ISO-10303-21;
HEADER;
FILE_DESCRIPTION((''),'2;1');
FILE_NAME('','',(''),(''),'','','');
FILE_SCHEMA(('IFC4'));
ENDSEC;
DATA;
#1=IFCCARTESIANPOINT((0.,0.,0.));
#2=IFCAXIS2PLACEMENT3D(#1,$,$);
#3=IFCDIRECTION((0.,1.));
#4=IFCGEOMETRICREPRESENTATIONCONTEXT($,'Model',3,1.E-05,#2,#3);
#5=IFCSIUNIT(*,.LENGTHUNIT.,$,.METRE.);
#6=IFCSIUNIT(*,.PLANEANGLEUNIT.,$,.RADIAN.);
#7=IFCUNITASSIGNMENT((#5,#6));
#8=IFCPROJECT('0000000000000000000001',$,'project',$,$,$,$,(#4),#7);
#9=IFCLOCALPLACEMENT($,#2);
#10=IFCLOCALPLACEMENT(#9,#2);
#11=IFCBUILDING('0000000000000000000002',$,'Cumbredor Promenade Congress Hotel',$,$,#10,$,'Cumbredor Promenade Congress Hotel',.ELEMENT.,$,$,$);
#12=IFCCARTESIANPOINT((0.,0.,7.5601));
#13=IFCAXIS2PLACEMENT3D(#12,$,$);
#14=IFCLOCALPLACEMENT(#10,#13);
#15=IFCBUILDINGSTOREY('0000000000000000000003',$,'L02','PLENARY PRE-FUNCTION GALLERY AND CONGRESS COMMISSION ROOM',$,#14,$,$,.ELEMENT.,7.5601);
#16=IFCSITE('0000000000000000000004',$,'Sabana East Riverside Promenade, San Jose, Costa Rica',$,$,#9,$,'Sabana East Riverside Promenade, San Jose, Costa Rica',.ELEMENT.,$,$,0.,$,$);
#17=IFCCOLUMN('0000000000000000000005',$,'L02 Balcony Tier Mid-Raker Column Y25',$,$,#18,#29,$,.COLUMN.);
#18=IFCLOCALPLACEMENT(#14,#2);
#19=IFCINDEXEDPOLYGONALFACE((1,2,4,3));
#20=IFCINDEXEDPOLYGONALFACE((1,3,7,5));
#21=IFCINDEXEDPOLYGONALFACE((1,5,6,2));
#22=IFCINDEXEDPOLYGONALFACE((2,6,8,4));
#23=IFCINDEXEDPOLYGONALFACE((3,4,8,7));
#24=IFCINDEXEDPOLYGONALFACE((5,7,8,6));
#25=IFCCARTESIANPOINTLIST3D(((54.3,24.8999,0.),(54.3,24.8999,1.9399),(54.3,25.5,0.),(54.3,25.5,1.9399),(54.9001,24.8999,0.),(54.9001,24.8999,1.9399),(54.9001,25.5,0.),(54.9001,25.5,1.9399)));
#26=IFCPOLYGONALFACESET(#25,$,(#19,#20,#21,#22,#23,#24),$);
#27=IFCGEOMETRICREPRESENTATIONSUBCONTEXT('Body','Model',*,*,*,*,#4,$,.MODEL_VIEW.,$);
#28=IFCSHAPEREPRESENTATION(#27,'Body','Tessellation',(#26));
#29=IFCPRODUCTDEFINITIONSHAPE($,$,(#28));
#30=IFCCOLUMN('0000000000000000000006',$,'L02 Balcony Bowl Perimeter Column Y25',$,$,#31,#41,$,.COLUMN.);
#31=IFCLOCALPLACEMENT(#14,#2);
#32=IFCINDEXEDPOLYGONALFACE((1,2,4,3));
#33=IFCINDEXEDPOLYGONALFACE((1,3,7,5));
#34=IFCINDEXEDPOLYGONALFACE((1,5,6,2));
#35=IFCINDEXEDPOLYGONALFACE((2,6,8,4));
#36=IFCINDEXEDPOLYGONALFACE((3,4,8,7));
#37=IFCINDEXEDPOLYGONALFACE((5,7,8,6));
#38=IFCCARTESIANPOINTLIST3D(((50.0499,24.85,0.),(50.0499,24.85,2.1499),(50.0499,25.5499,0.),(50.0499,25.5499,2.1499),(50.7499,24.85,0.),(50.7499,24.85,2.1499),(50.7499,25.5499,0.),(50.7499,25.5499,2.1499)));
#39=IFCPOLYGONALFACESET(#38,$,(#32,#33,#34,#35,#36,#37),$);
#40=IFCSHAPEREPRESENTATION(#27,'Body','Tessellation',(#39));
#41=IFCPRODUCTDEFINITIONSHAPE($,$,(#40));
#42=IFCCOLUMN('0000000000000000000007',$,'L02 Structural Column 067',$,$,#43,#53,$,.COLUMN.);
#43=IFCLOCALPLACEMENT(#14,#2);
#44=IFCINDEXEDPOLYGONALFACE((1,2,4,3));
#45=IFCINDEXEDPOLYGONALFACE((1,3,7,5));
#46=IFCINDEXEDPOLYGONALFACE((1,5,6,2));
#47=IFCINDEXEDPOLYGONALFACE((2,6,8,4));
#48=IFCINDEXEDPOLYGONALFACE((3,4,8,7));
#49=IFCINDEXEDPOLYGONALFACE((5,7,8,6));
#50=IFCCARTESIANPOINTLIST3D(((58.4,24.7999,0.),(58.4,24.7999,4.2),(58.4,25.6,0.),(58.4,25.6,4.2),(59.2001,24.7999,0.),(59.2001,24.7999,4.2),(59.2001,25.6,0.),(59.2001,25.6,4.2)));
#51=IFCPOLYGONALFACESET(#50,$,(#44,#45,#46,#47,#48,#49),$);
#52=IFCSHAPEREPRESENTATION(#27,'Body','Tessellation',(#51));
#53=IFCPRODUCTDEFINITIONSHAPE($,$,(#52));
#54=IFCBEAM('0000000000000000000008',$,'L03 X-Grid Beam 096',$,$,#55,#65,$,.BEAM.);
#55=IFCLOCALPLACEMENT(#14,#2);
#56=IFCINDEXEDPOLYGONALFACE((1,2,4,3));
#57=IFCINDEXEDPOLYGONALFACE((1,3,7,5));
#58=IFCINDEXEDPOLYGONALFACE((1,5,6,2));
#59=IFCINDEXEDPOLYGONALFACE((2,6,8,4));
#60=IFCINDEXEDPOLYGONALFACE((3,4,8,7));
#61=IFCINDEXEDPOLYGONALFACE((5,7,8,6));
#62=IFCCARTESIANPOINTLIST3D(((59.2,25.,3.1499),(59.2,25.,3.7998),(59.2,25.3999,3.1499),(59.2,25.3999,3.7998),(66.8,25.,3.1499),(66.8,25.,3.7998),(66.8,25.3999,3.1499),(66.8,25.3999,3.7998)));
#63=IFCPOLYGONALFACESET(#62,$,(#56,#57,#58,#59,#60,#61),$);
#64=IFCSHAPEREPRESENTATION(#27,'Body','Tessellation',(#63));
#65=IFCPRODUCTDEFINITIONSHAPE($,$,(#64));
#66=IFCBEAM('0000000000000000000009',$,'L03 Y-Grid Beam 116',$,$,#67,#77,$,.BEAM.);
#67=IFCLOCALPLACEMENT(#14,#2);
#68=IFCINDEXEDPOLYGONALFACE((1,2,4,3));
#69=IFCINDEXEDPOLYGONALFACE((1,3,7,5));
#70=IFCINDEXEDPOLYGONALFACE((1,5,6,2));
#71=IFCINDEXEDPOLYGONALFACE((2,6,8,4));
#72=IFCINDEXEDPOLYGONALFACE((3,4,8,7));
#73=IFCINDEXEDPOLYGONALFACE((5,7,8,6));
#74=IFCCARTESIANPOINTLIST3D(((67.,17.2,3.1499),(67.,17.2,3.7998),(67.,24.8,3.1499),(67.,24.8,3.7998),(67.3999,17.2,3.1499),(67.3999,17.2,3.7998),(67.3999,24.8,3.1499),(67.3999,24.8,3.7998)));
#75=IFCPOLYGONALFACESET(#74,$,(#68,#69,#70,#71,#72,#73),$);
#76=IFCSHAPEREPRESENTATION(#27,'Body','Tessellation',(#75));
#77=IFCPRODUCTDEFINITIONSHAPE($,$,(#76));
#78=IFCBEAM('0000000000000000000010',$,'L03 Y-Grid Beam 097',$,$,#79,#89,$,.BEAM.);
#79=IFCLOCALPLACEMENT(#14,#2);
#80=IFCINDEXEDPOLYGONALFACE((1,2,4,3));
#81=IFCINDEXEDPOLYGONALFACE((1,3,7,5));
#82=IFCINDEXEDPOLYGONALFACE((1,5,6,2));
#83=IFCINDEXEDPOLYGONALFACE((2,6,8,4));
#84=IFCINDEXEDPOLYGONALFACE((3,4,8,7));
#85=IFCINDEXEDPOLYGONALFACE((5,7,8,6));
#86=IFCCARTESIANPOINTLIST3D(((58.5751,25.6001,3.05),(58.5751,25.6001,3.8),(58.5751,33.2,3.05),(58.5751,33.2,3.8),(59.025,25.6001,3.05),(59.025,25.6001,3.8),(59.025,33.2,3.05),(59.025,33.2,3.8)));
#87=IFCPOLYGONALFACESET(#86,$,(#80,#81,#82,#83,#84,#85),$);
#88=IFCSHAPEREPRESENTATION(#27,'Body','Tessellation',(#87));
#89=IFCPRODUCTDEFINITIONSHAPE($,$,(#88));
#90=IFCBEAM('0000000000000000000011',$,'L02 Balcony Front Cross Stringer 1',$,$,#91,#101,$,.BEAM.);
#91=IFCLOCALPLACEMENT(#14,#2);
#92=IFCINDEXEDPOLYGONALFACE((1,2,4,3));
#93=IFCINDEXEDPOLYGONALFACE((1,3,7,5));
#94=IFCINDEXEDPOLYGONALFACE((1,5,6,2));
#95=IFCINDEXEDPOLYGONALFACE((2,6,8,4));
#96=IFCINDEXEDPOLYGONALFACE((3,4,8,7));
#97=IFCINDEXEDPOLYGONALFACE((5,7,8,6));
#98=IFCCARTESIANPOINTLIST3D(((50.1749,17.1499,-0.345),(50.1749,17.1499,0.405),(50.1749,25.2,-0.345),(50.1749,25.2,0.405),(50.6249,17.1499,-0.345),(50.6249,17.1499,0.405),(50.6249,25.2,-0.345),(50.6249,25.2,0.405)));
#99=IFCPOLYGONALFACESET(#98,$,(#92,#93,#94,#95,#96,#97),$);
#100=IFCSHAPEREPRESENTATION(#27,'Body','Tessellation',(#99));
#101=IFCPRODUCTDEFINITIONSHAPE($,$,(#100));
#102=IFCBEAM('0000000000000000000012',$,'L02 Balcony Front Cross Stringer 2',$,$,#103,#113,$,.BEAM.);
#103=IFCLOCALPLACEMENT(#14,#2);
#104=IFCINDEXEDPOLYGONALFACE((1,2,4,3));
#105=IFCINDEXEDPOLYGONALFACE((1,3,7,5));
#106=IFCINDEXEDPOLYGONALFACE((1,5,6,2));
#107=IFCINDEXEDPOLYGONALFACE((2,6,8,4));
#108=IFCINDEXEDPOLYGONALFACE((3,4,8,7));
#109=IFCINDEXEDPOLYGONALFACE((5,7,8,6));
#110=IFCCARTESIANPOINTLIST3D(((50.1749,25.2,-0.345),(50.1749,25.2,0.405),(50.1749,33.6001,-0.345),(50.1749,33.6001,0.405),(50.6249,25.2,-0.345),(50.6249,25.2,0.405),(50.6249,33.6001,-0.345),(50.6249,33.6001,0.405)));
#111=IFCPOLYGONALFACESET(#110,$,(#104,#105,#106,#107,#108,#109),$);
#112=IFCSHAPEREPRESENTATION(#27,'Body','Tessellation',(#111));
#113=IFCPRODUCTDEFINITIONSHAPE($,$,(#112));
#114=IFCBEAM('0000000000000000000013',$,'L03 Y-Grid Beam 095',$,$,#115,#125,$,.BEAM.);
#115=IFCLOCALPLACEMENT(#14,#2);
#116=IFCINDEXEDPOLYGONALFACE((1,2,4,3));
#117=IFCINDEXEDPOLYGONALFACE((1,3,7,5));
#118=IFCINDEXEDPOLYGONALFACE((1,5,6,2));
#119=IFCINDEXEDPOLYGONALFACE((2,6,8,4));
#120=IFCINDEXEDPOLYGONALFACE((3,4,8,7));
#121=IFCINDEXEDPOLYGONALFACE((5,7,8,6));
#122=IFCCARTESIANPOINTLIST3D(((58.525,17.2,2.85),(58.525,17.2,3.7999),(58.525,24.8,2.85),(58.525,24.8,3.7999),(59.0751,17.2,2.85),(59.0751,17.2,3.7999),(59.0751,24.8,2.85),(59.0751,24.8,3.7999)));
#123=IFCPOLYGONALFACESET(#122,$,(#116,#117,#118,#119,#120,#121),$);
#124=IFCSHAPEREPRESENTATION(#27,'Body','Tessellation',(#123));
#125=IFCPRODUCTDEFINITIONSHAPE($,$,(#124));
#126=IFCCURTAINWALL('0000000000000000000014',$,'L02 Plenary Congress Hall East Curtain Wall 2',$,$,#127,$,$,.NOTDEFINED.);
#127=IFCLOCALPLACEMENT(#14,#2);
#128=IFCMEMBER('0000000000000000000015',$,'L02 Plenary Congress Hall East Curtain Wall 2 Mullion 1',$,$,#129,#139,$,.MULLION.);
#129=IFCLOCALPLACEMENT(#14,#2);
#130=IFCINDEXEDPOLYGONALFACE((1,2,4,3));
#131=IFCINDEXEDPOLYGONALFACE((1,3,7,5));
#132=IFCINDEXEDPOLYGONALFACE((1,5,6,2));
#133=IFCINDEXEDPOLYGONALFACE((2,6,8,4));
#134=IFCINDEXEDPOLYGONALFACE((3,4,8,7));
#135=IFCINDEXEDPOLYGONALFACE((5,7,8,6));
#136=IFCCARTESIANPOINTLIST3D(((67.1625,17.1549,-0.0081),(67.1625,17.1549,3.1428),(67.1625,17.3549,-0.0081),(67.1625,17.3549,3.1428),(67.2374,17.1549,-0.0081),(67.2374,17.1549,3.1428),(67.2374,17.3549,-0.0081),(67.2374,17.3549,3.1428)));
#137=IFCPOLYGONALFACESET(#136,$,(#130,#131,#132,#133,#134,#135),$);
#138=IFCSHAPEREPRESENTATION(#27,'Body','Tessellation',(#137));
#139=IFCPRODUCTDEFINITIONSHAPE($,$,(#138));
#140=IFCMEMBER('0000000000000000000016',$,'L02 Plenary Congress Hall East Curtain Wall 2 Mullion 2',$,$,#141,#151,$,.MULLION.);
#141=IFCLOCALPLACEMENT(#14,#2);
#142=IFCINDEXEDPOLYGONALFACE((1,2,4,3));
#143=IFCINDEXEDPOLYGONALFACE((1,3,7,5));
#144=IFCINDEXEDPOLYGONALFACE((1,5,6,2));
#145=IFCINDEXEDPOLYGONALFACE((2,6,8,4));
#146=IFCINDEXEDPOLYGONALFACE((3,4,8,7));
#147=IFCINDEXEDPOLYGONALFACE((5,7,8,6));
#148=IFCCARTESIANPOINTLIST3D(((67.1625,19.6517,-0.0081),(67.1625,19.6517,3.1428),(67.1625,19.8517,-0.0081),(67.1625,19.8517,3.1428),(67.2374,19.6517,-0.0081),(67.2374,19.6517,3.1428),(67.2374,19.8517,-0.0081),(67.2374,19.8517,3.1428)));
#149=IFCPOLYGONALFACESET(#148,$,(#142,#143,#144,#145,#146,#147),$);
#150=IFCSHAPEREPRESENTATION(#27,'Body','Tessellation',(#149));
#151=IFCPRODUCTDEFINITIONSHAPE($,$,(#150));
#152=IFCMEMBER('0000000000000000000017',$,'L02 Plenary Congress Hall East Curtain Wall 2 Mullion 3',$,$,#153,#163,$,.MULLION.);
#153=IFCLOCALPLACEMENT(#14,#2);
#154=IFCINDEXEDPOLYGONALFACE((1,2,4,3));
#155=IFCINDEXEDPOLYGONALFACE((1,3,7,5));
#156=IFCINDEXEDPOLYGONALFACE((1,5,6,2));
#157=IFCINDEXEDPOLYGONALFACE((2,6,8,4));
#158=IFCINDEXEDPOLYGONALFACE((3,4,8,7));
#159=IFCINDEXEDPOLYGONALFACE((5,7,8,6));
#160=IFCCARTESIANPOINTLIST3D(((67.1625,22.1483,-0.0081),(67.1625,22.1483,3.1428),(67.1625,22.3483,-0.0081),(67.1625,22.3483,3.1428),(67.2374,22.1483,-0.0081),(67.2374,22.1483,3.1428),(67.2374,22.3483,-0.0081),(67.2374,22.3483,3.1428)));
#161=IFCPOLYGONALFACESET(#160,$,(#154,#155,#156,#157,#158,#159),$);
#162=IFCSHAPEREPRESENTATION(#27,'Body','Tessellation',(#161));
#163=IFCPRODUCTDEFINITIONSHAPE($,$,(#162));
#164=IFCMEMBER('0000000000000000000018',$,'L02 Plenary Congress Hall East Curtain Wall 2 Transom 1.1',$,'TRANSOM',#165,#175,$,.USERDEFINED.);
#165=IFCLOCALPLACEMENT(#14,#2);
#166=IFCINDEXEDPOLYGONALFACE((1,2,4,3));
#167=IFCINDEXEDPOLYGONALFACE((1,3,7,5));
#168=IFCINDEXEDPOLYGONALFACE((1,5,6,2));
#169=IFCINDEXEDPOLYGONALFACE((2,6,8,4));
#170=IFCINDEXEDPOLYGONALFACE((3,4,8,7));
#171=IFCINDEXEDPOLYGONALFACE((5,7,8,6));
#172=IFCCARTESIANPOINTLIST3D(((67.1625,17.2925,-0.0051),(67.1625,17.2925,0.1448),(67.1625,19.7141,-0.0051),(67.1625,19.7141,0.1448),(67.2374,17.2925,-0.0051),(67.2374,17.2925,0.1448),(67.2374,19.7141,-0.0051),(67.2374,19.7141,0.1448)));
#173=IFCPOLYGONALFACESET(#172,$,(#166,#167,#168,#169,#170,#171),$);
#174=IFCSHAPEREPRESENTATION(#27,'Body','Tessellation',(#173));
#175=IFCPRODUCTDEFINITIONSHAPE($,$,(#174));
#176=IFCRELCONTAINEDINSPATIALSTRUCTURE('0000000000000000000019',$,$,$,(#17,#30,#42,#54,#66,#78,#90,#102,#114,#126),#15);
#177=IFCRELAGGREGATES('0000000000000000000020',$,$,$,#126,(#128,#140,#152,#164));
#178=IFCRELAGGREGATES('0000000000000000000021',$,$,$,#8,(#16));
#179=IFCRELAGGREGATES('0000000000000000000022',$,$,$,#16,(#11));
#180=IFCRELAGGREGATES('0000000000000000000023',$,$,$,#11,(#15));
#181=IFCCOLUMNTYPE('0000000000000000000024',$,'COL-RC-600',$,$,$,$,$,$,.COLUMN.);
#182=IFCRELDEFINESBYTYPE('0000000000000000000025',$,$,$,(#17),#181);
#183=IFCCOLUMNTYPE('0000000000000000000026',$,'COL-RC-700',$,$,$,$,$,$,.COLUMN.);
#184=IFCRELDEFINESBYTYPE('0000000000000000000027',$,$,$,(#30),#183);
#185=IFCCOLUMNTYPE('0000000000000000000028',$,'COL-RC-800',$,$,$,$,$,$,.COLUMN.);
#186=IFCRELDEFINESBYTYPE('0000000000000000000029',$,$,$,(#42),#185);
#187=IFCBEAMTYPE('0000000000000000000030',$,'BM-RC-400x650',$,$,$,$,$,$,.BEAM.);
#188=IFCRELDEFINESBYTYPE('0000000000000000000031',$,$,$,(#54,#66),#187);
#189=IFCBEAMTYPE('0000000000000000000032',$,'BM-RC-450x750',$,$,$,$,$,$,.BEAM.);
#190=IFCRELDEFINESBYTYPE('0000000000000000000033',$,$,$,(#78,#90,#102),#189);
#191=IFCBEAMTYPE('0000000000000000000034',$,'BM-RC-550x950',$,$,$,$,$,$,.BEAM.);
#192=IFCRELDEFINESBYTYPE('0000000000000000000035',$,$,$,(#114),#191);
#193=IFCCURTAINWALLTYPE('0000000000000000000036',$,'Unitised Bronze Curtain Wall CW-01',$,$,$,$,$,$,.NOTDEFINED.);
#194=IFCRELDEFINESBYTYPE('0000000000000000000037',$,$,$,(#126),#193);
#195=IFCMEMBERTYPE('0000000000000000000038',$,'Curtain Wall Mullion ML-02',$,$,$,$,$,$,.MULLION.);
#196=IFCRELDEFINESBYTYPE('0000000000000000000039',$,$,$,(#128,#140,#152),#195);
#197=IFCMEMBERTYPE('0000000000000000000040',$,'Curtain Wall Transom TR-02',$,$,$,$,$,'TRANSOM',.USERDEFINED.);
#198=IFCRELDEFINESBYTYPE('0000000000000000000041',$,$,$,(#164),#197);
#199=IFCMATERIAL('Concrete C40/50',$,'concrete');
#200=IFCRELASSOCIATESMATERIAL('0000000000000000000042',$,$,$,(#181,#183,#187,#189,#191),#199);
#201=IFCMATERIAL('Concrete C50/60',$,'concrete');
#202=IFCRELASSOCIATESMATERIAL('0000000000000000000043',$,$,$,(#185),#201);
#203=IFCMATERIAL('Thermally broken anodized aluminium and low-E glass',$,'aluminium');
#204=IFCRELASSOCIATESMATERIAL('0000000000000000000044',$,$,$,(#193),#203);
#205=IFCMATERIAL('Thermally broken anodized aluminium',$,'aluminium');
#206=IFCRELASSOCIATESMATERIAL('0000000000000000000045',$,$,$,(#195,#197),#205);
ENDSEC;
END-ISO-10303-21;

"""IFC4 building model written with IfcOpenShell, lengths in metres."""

from ifc_helpers import new_model, si_unit, direction, frame, origin, origin_2d, place, context, subcontext, project, spatial, rectangle, extrude, material, material_profile, profile_set, type_object, element, aggregate, save


model = new_model("IFC4")

# Units and contexts
model_context = context("Model", 3, precision=1e-05, world=origin(), true_north=direction((0.0, 1.0)))
body_context = subcontext(model_context, "Body", "Model", "MODEL_VIEW")
ifc_project = project(units=[si_unit("LENGTHUNIT", "METRE"), si_unit("PLANEANGLEUNIT", "RADIAN")], contexts=[model_context])

# Site, building, storey
site_placement = place(None, origin())
site = spatial("IfcSite", under=ifc_project, at=site_placement, Name="Sabana East Riverside Promenade, San Jose, Costa Rica", LongName="Sabana East Riverside Promenade, San Jose, Costa Rica", CompositionType="ELEMENT", RefElevation=0.0)
building_placement = place(site_placement, origin())
building = spatial("IfcBuilding", under=site, at=building_placement, Name="Cumbredor Promenade Congress Hotel", LongName="Cumbredor Promenade Congress Hotel", CompositionType="ELEMENT")
storey_placement = place(building_placement, frame((0.0, 0.0, 7.5601)))
storey = spatial("IfcBuildingStorey", under=building, at=storey_placement, Name="L02", Description="PLENARY PRE-FUNCTION GALLERY AND CONGRESS COMMISSION ROOM", CompositionType="ELEMENT", Elevation=7.5601)

# Columns
ifc_material_1 = material(Name="Concrete C40/50", Category="concrete")
ifc_material_profile_1 = material_profile(ifc_material_1, rectangle(XDim=0.6001, YDim=0.6001, at=origin_2d()), Name="RC 600x600")
ifc_profile_set_1 = profile_set([ifc_material_profile_1], Name="Concrete C40/50")
column_type_1 = type_object("IfcColumnType", Name="COL-RC-600", PredefinedType="COLUMN", material=ifc_profile_set_1)
column_1_placement = place(storey_placement, frame((54.6001, 25.2, 0.0), z_axis=(0.0, 0.0, 1.0), x_axis=(1.0, 0.0, 0.0)))
element("IfcColumn", 1, at=column_1_placement, inside=storey, type_object=column_type_1, Name="L02 Balcony Tier Mid-Raker Column Y25", PredefinedType="COLUMN", context=body_context, shape_type="SweptSolid", body=[
    extrude(rectangle(XDim=0.6001, YDim=0.6001, at=origin_2d()), origin(), (0.0, 0.0, 1.0), 1.9399),
])
ifc_material_profile_2 = material_profile(ifc_material_1, rectangle(XDim=0.7, YDim=0.7, at=origin_2d()), Name="RC 700x700")
ifc_profile_set_2 = profile_set([ifc_material_profile_2], Name="Concrete C40/50")
column_type_2 = type_object("IfcColumnType", Name="COL-RC-700", PredefinedType="COLUMN", material=ifc_profile_set_2)
column_2_placement = place(storey_placement, frame((50.3999, 25.2, 0.0), z_axis=(0.0, 0.0, 1.0), x_axis=(1.0, 0.0, 0.0)))
element("IfcColumn", 2, at=column_2_placement, inside=storey, type_object=column_type_2, Name="L02 Balcony Bowl Perimeter Column Y25", PredefinedType="COLUMN", context=body_context, shape_type="SweptSolid", body=[
    extrude(rectangle(XDim=0.7, YDim=0.7, at=origin_2d()), origin(), (0.0, 0.0, 1.0), 2.1499),
])
ifc_material_2 = material(Name="Concrete C50/60", Category="concrete")
ifc_material_profile_3 = material_profile(ifc_material_2, rectangle(XDim=0.8, YDim=0.8, at=origin_2d()), Name="RC 800x800")
ifc_profile_set_3 = profile_set([ifc_material_profile_3], Name="Concrete C50/60")
column_type_3 = type_object("IfcColumnType", Name="COL-RC-800", PredefinedType="COLUMN", material=ifc_profile_set_3)
column_3_placement = place(storey_placement, frame((58.8, 25.2, 0.0), z_axis=(0.0, 0.0, 1.0), x_axis=(1.0, 0.0, 0.0)))
element("IfcColumn", 3, at=column_3_placement, inside=storey, type_object=column_type_3, Name="L02 Structural Column 067", PredefinedType="COLUMN", context=body_context, shape_type="SweptSolid", body=[
    extrude(rectangle(XDim=0.8, YDim=0.8, at=origin_2d()), origin(), (0.0, 0.0, 1.0), 4.2),
])

# Beams
ifc_material_profile_4 = material_profile(ifc_material_1, rectangle(XDim=0.3999, YDim=0.6499, at=origin_2d()), Name="RC BEAM 400x650")
ifc_profile_set_4 = profile_set([ifc_material_profile_4], Name="Concrete C40/50")
beam_type_1 = type_object("IfcBeamType", Name="BM-RC-400x650", PredefinedType="BEAM", material=ifc_profile_set_4)
for number, where, z_axis, x_axis, name in (
    (4, (59.2, 25.2, 3.4749), (1.0, 0.0, 0.0), (0.0, 1.0, 0.0), "L03 X-Grid Beam 096"),
    (5, (67.2, 17.2, 3.4749), (0.0, 1.0, 0.0), (-1.0, 0.0, 0.0), "L03 Y-Grid Beam 116"),
):
    element("IfcBeam", number, at=place(storey_placement, frame(where, z_axis=z_axis, x_axis=x_axis)), inside=storey, type_object=beam_type_1, Name=name, PredefinedType="BEAM", context=body_context, shape_type="SweptSolid", body=[
        extrude(rectangle(XDim=0.3999, YDim=0.6499, at=origin_2d()), origin(), (0.0, 0.0, 1.0), 7.6001),
    ])
ifc_material_profile_5 = material_profile(ifc_material_1, rectangle(XDim=0.45, YDim=0.75, at=origin_2d()), Name="RC BEAM 450x750")
ifc_profile_set_5 = profile_set([ifc_material_profile_5], Name="Concrete C40/50")
beam_type_2 = type_object("IfcBeamType", Name="BM-RC-450x750", PredefinedType="BEAM", material=ifc_profile_set_5)
beam_1_placement = place(storey_placement, frame((58.8, 25.6001, 3.425), z_axis=(0.0, 1.0, 0.0), x_axis=(-1.0, 0.0, 0.0)))
element("IfcBeam", 6, at=beam_1_placement, inside=storey, type_object=beam_type_2, Name="L03 Y-Grid Beam 097", PredefinedType="BEAM", context=body_context, shape_type="SweptSolid", body=[
    extrude(rectangle(XDim=0.45, YDim=0.75, at=origin_2d()), origin(), (0.0, 0.0, 1.0), 7.5999),
])
beam_2_placement = place(storey_placement, frame((50.3999, 17.1499, 0.03), z_axis=(0.0, 1.0, 0.0), x_axis=(-1.0, 0.0, 0.0)))
element("IfcBeam", 7, at=beam_2_placement, inside=storey, type_object=beam_type_2, Name="L02 Balcony Front Cross Stringer 1", PredefinedType="BEAM", context=body_context, shape_type="SweptSolid", body=[
    extrude(rectangle(XDim=0.45, YDim=0.75, at=origin_2d()), origin(), (0.0, 0.0, 1.0), 8.05),
])
beam_3_placement = place(storey_placement, frame((50.3999, 25.2, 0.03), z_axis=(0.0, 1.0, 0.0), x_axis=(-1.0, 0.0, 0.0)))
element("IfcBeam", 8, at=beam_3_placement, inside=storey, type_object=beam_type_2, Name="L02 Balcony Front Cross Stringer 2", PredefinedType="BEAM", context=body_context, shape_type="SweptSolid", body=[
    extrude(rectangle(XDim=0.45, YDim=0.75, at=origin_2d()), origin(), (0.0, 0.0, 1.0), 8.4001),
])
ifc_material_profile_6 = material_profile(ifc_material_1, rectangle(XDim=0.55, YDim=0.95, at=origin_2d()), Name="RC BEAM 550x950")
ifc_profile_set_6 = profile_set([ifc_material_profile_6], Name="Concrete C40/50")
beam_type_3 = type_object("IfcBeamType", Name="BM-RC-550x950", PredefinedType="BEAM", material=ifc_profile_set_6)
beam_4_placement = place(storey_placement, frame((58.8, 17.2, 3.325), z_axis=(0.0, 1.0, 0.0), x_axis=(-1.0, 0.0, 0.0)))
element("IfcBeam", 9, at=beam_4_placement, inside=storey, type_object=beam_type_3, Name="L03 Y-Grid Beam 095", PredefinedType="BEAM", context=body_context, shape_type="SweptSolid", body=[
    extrude(rectangle(XDim=0.55, YDim=0.95, at=origin_2d()), origin(), (0.0, 0.0, 1.0), 7.6001),
])

# Curtain wall, members
ifc_material_3 = material(Name="Thermally broken anodized aluminium and low-E glass", Category="aluminium")
curtain_wall_type = type_object("IfcCurtainWallType", Name="Unitised Bronze Curtain Wall CW-01", PredefinedType="NOTDEFINED", material=ifc_material_3)
curtain_wall_placement = place(storey_placement, origin())
curtain_wall = element("IfcCurtainWall", 10, at=curtain_wall_placement, inside=storey, type_object=curtain_wall_type, Name="L02 Plenary Congress Hall East Curtain Wall 2", PredefinedType="NOTDEFINED")
ifc_material_4 = material(Name="Thermally broken anodized aluminium", Category="aluminium")
ifc_material_profile_7 = material_profile(ifc_material_4, rectangle(XDim=0.075, YDim=0.2, at=origin_2d()), Name="ALU MULLION 75x200")
ifc_profile_set_7 = profile_set([ifc_material_profile_7], Name="Thermally broken anodized aluminium")
member_type_1 = type_object("IfcMemberType", Name="Curtain Wall Mullion ML-02", PredefinedType="MULLION", material=ifc_profile_set_7)
member_1_placement = place(storey_placement, frame((67.2, 17.2549, -0.0081), z_axis=(0.0, 0.0, 1.0), x_axis=(1.0, 0.0, 0.0)))
member_1 = element("IfcMember", 11, at=member_1_placement, type_object=member_type_1, Name="L02 Plenary Congress Hall East Curtain Wall 2 Mullion 1", PredefinedType="MULLION", context=body_context, shape_type="SweptSolid", body=[
    extrude(rectangle(XDim=0.075, YDim=0.2, at=origin_2d()), origin(), (0.0, 0.0, 1.0), 3.1509),
])
member_2_placement = place(storey_placement, frame((67.2, 19.7517, -0.0081), z_axis=(0.0, 0.0, 1.0), x_axis=(1.0, 0.0, 0.0)))
member_2 = element("IfcMember", 12, at=member_2_placement, type_object=member_type_1, Name="L02 Plenary Congress Hall East Curtain Wall 2 Mullion 2", PredefinedType="MULLION", context=body_context, shape_type="SweptSolid", body=[
    extrude(rectangle(XDim=0.075, YDim=0.2, at=origin_2d()), origin(), (0.0, 0.0, 1.0), 3.1509),
])
member_3_placement = place(storey_placement, frame((67.2, 22.2483, -0.0081), z_axis=(0.0, 0.0, 1.0), x_axis=(1.0, 0.0, 0.0)))
member_3 = element("IfcMember", 13, at=member_3_placement, type_object=member_type_1, Name="L02 Plenary Congress Hall East Curtain Wall 2 Mullion 3", PredefinedType="MULLION", context=body_context, shape_type="SweptSolid", body=[
    extrude(rectangle(XDim=0.075, YDim=0.2, at=origin_2d()), origin(), (0.0, 0.0, 1.0), 3.1509),
])
ifc_material_profile_8 = material_profile(ifc_material_4, rectangle(XDim=0.075, YDim=0.1499, at=origin_2d()), Name="ALU TRANSOM 75x150")
ifc_profile_set_8 = profile_set([ifc_material_profile_8], Name="Thermally broken anodized aluminium")
member_type_2 = type_object("IfcMemberType", Name="Curtain Wall Transom TR-02", ElementType="TRANSOM", PredefinedType="USERDEFINED", material=ifc_profile_set_8)
member_4_placement = place(storey_placement, frame((67.2, 17.2925, 0.0698), z_axis=(0.0, 1.0, 0.0), x_axis=(-1.0, 0.0, 0.0)))
member_4 = element("IfcMember", 14, at=member_4_placement, type_object=member_type_2, Name="L02 Plenary Congress Hall East Curtain Wall 2 Transom 1.1", ObjectType="TRANSOM", PredefinedType="USERDEFINED", context=body_context, shape_type="SweptSolid", body=[
    extrude(rectangle(XDim=0.075, YDim=0.1499, at=origin_2d()), origin(), (0.0, 0.0, 1.0), 2.4216),
])

aggregate(curtain_wall, [member_1, member_2, member_3, member_4])

save(model, "model.ifc")
